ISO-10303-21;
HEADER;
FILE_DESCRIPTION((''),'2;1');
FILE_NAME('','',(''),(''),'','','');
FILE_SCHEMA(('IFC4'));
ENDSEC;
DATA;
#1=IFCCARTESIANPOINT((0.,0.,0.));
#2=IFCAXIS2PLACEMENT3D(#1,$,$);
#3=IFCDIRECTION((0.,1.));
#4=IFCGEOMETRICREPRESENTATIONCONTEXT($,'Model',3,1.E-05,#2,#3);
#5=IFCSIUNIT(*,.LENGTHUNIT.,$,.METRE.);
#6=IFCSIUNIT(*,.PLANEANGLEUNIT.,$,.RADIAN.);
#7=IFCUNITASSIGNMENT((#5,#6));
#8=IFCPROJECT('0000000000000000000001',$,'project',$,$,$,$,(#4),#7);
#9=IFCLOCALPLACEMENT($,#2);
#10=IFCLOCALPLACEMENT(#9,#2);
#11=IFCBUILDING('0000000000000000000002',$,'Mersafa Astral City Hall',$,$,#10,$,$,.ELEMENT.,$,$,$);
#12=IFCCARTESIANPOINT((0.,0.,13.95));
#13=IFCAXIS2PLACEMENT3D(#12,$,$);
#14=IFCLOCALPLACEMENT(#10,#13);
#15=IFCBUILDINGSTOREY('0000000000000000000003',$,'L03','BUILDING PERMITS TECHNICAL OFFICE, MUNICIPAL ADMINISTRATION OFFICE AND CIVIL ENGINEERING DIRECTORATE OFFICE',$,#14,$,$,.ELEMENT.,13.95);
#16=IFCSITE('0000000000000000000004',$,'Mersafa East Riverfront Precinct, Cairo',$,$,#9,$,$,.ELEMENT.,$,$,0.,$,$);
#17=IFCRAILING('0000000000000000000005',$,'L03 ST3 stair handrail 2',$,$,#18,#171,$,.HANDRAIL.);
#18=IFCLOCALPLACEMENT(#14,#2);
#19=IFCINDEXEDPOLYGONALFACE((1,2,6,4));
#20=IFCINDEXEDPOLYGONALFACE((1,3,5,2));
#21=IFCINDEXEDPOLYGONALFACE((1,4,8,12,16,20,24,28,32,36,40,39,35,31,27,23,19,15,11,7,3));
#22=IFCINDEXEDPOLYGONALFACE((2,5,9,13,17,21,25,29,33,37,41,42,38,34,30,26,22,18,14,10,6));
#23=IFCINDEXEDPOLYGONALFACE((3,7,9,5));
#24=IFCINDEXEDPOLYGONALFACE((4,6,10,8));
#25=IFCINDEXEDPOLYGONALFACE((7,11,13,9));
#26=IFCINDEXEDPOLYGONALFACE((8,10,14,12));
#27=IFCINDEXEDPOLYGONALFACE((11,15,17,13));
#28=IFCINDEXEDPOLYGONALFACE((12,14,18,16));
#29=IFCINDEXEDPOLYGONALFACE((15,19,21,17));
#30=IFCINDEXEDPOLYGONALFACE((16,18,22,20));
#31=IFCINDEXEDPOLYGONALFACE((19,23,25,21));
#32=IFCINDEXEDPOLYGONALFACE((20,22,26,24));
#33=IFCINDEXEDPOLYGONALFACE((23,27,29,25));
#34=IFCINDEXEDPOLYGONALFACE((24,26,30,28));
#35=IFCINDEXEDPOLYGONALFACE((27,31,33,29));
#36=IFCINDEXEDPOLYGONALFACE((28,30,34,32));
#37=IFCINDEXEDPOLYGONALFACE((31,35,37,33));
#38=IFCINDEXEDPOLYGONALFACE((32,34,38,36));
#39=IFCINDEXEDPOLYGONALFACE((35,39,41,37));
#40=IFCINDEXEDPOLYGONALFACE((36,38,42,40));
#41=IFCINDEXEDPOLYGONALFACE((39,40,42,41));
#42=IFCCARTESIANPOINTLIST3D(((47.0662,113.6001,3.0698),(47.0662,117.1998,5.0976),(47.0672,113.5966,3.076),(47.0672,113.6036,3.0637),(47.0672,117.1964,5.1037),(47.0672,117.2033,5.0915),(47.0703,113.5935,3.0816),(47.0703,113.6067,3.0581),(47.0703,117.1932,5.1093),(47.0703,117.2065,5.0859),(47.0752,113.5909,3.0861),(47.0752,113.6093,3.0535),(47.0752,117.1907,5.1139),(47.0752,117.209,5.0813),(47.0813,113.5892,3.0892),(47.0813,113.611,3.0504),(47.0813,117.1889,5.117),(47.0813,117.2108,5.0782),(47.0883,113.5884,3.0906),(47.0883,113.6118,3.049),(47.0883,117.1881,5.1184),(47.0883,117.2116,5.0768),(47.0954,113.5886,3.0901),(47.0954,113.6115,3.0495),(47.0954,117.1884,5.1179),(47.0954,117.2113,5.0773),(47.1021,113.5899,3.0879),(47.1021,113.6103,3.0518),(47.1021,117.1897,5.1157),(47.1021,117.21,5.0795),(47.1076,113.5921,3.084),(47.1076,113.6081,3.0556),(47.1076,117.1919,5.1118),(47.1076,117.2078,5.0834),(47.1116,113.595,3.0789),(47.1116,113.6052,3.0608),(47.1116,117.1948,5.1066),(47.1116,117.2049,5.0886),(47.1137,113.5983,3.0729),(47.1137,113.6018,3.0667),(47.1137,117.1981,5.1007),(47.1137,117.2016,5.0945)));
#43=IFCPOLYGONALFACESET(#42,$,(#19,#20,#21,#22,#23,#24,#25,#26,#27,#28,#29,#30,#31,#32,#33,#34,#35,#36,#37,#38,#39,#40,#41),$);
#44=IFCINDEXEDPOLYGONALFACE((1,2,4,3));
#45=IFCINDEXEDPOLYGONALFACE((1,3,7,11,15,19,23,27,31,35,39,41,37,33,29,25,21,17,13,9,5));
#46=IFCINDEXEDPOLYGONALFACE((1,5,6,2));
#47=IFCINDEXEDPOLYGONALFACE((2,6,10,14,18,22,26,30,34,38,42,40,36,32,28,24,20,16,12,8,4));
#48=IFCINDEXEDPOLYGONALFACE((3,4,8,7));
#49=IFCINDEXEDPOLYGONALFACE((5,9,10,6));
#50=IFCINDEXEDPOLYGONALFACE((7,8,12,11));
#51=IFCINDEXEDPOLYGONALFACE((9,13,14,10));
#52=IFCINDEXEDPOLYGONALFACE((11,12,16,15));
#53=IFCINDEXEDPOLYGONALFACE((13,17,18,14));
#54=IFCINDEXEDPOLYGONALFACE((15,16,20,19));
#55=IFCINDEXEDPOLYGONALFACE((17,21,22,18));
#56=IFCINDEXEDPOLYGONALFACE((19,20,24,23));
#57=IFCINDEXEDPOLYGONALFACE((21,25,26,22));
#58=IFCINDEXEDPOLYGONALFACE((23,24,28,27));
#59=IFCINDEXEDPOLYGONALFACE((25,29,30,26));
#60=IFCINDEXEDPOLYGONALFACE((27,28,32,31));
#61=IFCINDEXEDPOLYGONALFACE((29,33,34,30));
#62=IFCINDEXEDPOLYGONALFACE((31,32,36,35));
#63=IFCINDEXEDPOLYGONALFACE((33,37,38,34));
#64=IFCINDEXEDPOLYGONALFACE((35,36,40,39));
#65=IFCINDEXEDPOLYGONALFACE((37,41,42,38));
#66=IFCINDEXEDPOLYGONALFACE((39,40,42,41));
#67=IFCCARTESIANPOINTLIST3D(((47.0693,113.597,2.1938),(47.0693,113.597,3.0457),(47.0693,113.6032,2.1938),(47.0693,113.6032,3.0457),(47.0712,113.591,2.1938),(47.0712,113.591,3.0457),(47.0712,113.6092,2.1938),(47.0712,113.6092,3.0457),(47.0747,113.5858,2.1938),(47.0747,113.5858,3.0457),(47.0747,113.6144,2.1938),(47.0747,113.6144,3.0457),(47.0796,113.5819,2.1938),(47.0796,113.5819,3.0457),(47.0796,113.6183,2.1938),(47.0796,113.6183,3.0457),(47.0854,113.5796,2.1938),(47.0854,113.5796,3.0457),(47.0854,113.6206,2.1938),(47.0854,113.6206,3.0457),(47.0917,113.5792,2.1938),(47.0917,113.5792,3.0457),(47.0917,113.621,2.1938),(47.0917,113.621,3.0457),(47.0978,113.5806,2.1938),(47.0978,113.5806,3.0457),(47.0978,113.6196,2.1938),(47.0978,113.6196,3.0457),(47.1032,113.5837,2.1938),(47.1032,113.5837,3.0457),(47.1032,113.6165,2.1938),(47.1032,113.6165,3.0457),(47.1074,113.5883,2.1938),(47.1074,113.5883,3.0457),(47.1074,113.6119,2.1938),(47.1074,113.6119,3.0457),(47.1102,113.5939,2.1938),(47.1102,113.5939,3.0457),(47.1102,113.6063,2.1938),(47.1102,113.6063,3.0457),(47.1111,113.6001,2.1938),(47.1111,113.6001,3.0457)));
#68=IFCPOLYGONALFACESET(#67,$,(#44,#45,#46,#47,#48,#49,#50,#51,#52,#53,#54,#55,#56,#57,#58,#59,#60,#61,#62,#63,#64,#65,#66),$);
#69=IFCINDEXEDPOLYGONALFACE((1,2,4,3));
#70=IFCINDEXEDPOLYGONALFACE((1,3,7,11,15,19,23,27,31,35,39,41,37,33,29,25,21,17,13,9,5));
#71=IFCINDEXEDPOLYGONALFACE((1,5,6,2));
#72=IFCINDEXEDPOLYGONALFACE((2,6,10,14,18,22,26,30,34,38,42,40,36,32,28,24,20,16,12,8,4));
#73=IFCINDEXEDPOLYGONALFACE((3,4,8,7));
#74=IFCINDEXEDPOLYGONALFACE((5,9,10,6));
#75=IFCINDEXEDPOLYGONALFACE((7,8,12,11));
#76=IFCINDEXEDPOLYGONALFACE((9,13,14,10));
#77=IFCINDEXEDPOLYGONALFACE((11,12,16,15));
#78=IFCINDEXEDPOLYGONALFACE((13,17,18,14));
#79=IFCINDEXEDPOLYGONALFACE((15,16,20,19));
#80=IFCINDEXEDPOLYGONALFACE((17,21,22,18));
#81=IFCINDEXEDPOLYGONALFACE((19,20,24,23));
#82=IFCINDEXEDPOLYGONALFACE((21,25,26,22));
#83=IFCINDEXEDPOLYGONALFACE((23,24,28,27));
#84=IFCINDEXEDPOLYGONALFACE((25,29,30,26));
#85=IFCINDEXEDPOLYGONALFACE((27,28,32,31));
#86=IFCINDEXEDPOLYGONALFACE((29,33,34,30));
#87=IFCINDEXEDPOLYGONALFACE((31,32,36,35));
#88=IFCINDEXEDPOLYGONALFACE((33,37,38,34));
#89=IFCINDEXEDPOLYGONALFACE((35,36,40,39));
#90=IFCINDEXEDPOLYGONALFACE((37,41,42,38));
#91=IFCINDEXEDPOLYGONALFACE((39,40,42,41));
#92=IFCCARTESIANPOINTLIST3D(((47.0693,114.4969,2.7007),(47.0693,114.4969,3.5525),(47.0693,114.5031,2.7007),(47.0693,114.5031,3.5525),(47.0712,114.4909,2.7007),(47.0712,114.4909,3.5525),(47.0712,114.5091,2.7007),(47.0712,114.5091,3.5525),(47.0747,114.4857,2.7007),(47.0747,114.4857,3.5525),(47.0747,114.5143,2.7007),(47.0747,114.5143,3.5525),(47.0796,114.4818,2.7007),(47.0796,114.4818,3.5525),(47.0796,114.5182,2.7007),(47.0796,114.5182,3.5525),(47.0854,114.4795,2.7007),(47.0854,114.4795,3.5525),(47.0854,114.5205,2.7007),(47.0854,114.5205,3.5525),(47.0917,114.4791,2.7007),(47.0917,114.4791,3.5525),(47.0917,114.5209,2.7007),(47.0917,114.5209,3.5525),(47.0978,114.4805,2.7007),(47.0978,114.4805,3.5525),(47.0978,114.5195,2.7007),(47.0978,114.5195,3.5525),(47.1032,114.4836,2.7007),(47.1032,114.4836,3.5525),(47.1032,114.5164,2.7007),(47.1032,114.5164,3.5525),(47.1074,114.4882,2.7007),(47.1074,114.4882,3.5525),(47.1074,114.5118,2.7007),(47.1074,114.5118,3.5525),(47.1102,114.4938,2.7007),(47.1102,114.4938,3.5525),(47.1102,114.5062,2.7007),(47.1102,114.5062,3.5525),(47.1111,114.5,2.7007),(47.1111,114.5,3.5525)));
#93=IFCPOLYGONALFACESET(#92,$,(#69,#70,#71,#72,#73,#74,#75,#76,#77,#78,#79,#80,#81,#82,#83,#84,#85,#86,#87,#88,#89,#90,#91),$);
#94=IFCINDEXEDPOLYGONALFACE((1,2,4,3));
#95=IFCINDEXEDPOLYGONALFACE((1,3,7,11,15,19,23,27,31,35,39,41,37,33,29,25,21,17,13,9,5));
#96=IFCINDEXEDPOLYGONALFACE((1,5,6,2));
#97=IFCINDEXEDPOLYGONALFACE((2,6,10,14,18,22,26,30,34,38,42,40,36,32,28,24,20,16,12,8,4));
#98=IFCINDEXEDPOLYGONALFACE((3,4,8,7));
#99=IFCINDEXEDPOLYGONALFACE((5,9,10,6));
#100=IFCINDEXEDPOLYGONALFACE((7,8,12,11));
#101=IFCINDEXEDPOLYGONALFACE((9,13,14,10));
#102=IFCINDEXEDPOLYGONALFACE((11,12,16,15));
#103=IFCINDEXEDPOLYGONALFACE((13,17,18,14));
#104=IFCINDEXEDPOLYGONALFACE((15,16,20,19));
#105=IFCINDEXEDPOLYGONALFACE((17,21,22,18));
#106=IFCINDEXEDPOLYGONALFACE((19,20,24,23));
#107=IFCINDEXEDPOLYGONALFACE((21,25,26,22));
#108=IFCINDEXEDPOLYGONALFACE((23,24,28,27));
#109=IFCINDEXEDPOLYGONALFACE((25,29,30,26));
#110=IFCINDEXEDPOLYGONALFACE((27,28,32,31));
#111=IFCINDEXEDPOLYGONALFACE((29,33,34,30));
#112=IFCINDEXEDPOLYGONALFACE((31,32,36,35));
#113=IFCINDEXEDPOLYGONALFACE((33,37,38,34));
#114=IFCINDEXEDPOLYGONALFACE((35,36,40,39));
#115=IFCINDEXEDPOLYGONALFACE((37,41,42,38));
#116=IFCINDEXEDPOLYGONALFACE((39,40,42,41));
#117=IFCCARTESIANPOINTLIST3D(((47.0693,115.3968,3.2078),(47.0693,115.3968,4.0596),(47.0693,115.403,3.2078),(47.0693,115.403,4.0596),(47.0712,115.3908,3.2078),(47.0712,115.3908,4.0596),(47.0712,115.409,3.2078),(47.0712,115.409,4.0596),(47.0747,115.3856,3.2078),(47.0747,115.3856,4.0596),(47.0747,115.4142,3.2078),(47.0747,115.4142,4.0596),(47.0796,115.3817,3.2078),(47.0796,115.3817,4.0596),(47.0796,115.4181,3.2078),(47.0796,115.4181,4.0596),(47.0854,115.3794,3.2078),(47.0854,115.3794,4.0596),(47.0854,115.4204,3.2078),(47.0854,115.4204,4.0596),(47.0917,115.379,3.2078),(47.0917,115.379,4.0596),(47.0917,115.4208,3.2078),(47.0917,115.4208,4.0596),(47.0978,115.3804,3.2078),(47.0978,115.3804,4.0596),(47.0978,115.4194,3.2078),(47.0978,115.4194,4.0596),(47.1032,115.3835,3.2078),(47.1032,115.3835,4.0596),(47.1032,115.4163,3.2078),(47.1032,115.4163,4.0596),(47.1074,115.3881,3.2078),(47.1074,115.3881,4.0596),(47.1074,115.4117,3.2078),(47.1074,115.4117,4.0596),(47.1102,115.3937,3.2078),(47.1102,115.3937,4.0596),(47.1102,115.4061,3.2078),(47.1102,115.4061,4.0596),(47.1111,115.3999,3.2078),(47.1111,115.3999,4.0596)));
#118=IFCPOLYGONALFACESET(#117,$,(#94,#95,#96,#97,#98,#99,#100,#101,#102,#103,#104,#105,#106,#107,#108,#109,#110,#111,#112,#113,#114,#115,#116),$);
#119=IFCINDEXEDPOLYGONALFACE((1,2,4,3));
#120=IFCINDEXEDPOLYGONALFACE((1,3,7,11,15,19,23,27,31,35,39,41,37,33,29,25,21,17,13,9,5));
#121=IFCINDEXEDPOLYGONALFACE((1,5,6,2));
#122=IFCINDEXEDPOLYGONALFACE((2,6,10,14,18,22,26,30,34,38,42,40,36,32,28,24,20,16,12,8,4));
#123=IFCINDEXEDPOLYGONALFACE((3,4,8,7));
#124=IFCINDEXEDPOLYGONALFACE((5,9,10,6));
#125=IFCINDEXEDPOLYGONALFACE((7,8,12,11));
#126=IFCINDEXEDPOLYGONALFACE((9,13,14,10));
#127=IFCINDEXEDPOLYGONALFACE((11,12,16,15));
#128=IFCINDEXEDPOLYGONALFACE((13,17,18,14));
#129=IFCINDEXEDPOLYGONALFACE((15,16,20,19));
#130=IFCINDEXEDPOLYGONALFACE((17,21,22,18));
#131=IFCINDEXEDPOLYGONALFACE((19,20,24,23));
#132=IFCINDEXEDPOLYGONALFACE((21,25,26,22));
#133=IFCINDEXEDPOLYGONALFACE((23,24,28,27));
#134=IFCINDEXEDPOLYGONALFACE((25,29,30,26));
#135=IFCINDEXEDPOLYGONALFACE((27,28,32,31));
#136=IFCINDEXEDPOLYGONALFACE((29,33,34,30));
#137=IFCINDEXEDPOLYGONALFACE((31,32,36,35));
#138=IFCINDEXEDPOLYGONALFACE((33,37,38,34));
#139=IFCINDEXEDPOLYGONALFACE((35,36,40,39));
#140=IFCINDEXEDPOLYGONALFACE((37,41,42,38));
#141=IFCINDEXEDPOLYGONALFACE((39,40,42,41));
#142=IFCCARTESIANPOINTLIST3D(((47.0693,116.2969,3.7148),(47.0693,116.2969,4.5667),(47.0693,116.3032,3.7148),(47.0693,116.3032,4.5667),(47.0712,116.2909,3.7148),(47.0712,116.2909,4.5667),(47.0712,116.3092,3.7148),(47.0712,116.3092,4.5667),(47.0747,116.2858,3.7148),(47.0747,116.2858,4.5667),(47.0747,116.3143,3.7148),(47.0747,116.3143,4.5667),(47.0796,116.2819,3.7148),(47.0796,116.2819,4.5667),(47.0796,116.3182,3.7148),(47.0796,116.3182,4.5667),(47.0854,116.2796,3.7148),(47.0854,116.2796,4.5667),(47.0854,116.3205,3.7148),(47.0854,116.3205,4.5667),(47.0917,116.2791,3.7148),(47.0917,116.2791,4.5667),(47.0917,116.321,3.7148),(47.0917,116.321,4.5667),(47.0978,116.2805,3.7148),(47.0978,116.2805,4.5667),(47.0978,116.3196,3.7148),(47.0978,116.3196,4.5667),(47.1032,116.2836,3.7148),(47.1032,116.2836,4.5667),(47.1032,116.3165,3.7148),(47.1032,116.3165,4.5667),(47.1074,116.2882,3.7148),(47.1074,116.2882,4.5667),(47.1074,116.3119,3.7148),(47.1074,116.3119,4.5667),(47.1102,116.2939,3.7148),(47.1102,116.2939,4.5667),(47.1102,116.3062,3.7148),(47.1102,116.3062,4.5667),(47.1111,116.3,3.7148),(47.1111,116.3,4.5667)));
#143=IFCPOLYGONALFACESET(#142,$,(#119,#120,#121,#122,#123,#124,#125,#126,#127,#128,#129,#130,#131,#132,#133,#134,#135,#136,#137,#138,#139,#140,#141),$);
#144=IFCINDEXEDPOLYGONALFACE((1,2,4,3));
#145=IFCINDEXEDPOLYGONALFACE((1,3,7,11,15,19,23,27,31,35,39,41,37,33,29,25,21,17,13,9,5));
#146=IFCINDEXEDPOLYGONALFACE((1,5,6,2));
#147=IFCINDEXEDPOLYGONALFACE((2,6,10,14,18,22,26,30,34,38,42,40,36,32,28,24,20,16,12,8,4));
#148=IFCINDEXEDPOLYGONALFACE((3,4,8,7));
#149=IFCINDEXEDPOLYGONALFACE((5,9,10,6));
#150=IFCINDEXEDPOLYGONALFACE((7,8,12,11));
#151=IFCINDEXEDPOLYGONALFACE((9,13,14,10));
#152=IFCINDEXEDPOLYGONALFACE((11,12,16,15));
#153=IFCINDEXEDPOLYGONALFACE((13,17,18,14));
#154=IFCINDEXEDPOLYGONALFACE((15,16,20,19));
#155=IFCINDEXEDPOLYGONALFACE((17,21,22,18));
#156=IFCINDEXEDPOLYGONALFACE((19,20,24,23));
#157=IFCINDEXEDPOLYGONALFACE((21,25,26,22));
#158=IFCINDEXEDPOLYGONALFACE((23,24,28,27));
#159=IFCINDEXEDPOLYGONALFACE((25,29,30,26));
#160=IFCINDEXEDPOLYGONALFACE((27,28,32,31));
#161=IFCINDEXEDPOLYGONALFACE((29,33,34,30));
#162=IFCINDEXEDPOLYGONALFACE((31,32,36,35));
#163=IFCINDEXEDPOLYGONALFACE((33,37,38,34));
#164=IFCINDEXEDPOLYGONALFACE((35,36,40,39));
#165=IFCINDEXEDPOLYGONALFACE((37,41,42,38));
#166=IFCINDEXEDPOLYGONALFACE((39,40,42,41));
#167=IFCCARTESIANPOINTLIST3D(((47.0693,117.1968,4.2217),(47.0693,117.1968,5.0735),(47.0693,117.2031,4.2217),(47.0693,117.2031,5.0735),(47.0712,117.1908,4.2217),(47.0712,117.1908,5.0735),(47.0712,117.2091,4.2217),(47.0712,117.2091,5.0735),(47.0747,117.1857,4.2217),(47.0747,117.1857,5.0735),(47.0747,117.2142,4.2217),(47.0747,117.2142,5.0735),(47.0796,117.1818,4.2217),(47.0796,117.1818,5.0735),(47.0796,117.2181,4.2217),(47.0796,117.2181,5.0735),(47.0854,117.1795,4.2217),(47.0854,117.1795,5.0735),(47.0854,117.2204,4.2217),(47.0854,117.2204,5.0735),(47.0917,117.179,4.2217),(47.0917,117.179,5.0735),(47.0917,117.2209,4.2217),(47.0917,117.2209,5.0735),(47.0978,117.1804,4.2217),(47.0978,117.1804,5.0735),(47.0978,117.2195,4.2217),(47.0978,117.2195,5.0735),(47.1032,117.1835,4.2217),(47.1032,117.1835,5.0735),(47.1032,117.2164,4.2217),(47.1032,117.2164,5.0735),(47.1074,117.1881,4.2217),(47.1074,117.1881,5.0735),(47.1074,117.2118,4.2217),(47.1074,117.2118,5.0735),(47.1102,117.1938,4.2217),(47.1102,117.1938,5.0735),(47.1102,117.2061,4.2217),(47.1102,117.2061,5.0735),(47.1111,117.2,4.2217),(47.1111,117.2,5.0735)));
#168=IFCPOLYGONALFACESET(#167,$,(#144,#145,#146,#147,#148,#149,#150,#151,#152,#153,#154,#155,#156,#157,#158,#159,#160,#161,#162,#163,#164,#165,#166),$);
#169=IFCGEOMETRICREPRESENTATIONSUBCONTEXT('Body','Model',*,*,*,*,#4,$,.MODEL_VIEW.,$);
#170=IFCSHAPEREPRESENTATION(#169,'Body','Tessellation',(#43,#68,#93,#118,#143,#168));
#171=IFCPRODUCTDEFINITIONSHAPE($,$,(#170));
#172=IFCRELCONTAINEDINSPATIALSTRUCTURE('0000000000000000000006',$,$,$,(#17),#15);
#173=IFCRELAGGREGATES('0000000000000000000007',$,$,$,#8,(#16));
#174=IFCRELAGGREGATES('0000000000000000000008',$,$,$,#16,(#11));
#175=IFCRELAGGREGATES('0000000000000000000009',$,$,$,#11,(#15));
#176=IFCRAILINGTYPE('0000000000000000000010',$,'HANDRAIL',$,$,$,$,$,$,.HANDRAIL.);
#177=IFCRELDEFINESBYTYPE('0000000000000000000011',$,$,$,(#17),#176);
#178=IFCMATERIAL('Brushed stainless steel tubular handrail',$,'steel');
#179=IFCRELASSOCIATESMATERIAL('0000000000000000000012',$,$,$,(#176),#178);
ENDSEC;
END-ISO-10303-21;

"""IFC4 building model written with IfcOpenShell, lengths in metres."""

from ifc_helpers import new_model, si_unit, direction, frame, origin, origin_2d, place, context, subcontext, project, spatial, circle, extrude, material, type_object, element, save


model = new_model("IFC4")

# Units and contexts
model_context = context("Model", 3, precision=1e-05, world=origin(), true_north=direction((0.0, 1.0)))
body_context = subcontext(model_context, "Body", "Model", "MODEL_VIEW")
ifc_project = project(units=[si_unit("LENGTHUNIT", "METRE"), si_unit("PLANEANGLEUNIT", "RADIAN")], contexts=[model_context])

# Site, building, storey
site_placement = place(None, origin())
site = spatial("IfcSite", under=ifc_project, at=site_placement, Name="Mersafa East Riverfront Precinct, Cairo", CompositionType="ELEMENT", RefElevation=0.0)
building_placement = place(site_placement, origin())
building = spatial("IfcBuilding", under=site, at=building_placement, Name="Mersafa Astral City Hall", CompositionType="ELEMENT")
storey_placement = place(building_placement, frame((0.0, 0.0, 13.95)))
storey = spatial("IfcBuildingStorey", under=building, at=storey_placement, Name="L03", Description="BUILDING PERMITS TECHNICAL OFFICE, MUNICIPAL ADMINISTRATION OFFICE AND CIVIL ENGINEERING DIRECTORATE OFFICE", CompositionType="ELEMENT", Elevation=13.95)

# Railing
ifc_material_1 = material(Name="Brushed stainless steel tubular handrail", Category="steel")
railing_type_1 = type_object("IfcRailingType", Name="HANDRAIL", PredefinedType="HANDRAIL", material=ifc_material_1)
railing_1_placement = place(storey_placement, frame((47.0901, 113.6001, 2.1938)))
element("IfcRailing", 1, at=railing_1_placement, inside=storey, type_object=railing_type_1, Name="L03 ST3 stair handrail 2", PredefinedType="HANDRAIL", context=body_context, shape_type="SweptSolid", body=[
    extrude(circle(Radius=0.0239, at=origin_2d()), frame((0.0, 0.0, 0.876), z_axis=(0.0, 0.871274, 0.490797), x_axis=(-1.0, 0.0, 0.0)), (0.0, 0.0, 1.0), 4.1316),
    extrude(circle(Radius=0.021, at=origin_2d()), origin(), (0.0, 0.0, 1.0), 0.8518),
    extrude(circle(Radius=0.021, at=origin_2d()), frame((0.0, 0.8999, 0.5068)), (0.0, 0.0, 1.0), 0.8518),
    extrude(circle(Radius=0.021, at=origin_2d()), frame((0.0, 1.7998, 1.0139)), (0.0, 0.0, 1.0), 0.8518),
    extrude(circle(Radius=0.021, at=origin_2d()), frame((0.0, 2.7, 1.521)), (0.0, 0.0, 1.0), 0.8518),
    extrude(circle(Radius=0.021, at=origin_2d()), frame((0.0, 3.5999, 2.0278)), (0.0, 0.0, 1.0), 0.8518),
])

save(model, "model.ifc")
